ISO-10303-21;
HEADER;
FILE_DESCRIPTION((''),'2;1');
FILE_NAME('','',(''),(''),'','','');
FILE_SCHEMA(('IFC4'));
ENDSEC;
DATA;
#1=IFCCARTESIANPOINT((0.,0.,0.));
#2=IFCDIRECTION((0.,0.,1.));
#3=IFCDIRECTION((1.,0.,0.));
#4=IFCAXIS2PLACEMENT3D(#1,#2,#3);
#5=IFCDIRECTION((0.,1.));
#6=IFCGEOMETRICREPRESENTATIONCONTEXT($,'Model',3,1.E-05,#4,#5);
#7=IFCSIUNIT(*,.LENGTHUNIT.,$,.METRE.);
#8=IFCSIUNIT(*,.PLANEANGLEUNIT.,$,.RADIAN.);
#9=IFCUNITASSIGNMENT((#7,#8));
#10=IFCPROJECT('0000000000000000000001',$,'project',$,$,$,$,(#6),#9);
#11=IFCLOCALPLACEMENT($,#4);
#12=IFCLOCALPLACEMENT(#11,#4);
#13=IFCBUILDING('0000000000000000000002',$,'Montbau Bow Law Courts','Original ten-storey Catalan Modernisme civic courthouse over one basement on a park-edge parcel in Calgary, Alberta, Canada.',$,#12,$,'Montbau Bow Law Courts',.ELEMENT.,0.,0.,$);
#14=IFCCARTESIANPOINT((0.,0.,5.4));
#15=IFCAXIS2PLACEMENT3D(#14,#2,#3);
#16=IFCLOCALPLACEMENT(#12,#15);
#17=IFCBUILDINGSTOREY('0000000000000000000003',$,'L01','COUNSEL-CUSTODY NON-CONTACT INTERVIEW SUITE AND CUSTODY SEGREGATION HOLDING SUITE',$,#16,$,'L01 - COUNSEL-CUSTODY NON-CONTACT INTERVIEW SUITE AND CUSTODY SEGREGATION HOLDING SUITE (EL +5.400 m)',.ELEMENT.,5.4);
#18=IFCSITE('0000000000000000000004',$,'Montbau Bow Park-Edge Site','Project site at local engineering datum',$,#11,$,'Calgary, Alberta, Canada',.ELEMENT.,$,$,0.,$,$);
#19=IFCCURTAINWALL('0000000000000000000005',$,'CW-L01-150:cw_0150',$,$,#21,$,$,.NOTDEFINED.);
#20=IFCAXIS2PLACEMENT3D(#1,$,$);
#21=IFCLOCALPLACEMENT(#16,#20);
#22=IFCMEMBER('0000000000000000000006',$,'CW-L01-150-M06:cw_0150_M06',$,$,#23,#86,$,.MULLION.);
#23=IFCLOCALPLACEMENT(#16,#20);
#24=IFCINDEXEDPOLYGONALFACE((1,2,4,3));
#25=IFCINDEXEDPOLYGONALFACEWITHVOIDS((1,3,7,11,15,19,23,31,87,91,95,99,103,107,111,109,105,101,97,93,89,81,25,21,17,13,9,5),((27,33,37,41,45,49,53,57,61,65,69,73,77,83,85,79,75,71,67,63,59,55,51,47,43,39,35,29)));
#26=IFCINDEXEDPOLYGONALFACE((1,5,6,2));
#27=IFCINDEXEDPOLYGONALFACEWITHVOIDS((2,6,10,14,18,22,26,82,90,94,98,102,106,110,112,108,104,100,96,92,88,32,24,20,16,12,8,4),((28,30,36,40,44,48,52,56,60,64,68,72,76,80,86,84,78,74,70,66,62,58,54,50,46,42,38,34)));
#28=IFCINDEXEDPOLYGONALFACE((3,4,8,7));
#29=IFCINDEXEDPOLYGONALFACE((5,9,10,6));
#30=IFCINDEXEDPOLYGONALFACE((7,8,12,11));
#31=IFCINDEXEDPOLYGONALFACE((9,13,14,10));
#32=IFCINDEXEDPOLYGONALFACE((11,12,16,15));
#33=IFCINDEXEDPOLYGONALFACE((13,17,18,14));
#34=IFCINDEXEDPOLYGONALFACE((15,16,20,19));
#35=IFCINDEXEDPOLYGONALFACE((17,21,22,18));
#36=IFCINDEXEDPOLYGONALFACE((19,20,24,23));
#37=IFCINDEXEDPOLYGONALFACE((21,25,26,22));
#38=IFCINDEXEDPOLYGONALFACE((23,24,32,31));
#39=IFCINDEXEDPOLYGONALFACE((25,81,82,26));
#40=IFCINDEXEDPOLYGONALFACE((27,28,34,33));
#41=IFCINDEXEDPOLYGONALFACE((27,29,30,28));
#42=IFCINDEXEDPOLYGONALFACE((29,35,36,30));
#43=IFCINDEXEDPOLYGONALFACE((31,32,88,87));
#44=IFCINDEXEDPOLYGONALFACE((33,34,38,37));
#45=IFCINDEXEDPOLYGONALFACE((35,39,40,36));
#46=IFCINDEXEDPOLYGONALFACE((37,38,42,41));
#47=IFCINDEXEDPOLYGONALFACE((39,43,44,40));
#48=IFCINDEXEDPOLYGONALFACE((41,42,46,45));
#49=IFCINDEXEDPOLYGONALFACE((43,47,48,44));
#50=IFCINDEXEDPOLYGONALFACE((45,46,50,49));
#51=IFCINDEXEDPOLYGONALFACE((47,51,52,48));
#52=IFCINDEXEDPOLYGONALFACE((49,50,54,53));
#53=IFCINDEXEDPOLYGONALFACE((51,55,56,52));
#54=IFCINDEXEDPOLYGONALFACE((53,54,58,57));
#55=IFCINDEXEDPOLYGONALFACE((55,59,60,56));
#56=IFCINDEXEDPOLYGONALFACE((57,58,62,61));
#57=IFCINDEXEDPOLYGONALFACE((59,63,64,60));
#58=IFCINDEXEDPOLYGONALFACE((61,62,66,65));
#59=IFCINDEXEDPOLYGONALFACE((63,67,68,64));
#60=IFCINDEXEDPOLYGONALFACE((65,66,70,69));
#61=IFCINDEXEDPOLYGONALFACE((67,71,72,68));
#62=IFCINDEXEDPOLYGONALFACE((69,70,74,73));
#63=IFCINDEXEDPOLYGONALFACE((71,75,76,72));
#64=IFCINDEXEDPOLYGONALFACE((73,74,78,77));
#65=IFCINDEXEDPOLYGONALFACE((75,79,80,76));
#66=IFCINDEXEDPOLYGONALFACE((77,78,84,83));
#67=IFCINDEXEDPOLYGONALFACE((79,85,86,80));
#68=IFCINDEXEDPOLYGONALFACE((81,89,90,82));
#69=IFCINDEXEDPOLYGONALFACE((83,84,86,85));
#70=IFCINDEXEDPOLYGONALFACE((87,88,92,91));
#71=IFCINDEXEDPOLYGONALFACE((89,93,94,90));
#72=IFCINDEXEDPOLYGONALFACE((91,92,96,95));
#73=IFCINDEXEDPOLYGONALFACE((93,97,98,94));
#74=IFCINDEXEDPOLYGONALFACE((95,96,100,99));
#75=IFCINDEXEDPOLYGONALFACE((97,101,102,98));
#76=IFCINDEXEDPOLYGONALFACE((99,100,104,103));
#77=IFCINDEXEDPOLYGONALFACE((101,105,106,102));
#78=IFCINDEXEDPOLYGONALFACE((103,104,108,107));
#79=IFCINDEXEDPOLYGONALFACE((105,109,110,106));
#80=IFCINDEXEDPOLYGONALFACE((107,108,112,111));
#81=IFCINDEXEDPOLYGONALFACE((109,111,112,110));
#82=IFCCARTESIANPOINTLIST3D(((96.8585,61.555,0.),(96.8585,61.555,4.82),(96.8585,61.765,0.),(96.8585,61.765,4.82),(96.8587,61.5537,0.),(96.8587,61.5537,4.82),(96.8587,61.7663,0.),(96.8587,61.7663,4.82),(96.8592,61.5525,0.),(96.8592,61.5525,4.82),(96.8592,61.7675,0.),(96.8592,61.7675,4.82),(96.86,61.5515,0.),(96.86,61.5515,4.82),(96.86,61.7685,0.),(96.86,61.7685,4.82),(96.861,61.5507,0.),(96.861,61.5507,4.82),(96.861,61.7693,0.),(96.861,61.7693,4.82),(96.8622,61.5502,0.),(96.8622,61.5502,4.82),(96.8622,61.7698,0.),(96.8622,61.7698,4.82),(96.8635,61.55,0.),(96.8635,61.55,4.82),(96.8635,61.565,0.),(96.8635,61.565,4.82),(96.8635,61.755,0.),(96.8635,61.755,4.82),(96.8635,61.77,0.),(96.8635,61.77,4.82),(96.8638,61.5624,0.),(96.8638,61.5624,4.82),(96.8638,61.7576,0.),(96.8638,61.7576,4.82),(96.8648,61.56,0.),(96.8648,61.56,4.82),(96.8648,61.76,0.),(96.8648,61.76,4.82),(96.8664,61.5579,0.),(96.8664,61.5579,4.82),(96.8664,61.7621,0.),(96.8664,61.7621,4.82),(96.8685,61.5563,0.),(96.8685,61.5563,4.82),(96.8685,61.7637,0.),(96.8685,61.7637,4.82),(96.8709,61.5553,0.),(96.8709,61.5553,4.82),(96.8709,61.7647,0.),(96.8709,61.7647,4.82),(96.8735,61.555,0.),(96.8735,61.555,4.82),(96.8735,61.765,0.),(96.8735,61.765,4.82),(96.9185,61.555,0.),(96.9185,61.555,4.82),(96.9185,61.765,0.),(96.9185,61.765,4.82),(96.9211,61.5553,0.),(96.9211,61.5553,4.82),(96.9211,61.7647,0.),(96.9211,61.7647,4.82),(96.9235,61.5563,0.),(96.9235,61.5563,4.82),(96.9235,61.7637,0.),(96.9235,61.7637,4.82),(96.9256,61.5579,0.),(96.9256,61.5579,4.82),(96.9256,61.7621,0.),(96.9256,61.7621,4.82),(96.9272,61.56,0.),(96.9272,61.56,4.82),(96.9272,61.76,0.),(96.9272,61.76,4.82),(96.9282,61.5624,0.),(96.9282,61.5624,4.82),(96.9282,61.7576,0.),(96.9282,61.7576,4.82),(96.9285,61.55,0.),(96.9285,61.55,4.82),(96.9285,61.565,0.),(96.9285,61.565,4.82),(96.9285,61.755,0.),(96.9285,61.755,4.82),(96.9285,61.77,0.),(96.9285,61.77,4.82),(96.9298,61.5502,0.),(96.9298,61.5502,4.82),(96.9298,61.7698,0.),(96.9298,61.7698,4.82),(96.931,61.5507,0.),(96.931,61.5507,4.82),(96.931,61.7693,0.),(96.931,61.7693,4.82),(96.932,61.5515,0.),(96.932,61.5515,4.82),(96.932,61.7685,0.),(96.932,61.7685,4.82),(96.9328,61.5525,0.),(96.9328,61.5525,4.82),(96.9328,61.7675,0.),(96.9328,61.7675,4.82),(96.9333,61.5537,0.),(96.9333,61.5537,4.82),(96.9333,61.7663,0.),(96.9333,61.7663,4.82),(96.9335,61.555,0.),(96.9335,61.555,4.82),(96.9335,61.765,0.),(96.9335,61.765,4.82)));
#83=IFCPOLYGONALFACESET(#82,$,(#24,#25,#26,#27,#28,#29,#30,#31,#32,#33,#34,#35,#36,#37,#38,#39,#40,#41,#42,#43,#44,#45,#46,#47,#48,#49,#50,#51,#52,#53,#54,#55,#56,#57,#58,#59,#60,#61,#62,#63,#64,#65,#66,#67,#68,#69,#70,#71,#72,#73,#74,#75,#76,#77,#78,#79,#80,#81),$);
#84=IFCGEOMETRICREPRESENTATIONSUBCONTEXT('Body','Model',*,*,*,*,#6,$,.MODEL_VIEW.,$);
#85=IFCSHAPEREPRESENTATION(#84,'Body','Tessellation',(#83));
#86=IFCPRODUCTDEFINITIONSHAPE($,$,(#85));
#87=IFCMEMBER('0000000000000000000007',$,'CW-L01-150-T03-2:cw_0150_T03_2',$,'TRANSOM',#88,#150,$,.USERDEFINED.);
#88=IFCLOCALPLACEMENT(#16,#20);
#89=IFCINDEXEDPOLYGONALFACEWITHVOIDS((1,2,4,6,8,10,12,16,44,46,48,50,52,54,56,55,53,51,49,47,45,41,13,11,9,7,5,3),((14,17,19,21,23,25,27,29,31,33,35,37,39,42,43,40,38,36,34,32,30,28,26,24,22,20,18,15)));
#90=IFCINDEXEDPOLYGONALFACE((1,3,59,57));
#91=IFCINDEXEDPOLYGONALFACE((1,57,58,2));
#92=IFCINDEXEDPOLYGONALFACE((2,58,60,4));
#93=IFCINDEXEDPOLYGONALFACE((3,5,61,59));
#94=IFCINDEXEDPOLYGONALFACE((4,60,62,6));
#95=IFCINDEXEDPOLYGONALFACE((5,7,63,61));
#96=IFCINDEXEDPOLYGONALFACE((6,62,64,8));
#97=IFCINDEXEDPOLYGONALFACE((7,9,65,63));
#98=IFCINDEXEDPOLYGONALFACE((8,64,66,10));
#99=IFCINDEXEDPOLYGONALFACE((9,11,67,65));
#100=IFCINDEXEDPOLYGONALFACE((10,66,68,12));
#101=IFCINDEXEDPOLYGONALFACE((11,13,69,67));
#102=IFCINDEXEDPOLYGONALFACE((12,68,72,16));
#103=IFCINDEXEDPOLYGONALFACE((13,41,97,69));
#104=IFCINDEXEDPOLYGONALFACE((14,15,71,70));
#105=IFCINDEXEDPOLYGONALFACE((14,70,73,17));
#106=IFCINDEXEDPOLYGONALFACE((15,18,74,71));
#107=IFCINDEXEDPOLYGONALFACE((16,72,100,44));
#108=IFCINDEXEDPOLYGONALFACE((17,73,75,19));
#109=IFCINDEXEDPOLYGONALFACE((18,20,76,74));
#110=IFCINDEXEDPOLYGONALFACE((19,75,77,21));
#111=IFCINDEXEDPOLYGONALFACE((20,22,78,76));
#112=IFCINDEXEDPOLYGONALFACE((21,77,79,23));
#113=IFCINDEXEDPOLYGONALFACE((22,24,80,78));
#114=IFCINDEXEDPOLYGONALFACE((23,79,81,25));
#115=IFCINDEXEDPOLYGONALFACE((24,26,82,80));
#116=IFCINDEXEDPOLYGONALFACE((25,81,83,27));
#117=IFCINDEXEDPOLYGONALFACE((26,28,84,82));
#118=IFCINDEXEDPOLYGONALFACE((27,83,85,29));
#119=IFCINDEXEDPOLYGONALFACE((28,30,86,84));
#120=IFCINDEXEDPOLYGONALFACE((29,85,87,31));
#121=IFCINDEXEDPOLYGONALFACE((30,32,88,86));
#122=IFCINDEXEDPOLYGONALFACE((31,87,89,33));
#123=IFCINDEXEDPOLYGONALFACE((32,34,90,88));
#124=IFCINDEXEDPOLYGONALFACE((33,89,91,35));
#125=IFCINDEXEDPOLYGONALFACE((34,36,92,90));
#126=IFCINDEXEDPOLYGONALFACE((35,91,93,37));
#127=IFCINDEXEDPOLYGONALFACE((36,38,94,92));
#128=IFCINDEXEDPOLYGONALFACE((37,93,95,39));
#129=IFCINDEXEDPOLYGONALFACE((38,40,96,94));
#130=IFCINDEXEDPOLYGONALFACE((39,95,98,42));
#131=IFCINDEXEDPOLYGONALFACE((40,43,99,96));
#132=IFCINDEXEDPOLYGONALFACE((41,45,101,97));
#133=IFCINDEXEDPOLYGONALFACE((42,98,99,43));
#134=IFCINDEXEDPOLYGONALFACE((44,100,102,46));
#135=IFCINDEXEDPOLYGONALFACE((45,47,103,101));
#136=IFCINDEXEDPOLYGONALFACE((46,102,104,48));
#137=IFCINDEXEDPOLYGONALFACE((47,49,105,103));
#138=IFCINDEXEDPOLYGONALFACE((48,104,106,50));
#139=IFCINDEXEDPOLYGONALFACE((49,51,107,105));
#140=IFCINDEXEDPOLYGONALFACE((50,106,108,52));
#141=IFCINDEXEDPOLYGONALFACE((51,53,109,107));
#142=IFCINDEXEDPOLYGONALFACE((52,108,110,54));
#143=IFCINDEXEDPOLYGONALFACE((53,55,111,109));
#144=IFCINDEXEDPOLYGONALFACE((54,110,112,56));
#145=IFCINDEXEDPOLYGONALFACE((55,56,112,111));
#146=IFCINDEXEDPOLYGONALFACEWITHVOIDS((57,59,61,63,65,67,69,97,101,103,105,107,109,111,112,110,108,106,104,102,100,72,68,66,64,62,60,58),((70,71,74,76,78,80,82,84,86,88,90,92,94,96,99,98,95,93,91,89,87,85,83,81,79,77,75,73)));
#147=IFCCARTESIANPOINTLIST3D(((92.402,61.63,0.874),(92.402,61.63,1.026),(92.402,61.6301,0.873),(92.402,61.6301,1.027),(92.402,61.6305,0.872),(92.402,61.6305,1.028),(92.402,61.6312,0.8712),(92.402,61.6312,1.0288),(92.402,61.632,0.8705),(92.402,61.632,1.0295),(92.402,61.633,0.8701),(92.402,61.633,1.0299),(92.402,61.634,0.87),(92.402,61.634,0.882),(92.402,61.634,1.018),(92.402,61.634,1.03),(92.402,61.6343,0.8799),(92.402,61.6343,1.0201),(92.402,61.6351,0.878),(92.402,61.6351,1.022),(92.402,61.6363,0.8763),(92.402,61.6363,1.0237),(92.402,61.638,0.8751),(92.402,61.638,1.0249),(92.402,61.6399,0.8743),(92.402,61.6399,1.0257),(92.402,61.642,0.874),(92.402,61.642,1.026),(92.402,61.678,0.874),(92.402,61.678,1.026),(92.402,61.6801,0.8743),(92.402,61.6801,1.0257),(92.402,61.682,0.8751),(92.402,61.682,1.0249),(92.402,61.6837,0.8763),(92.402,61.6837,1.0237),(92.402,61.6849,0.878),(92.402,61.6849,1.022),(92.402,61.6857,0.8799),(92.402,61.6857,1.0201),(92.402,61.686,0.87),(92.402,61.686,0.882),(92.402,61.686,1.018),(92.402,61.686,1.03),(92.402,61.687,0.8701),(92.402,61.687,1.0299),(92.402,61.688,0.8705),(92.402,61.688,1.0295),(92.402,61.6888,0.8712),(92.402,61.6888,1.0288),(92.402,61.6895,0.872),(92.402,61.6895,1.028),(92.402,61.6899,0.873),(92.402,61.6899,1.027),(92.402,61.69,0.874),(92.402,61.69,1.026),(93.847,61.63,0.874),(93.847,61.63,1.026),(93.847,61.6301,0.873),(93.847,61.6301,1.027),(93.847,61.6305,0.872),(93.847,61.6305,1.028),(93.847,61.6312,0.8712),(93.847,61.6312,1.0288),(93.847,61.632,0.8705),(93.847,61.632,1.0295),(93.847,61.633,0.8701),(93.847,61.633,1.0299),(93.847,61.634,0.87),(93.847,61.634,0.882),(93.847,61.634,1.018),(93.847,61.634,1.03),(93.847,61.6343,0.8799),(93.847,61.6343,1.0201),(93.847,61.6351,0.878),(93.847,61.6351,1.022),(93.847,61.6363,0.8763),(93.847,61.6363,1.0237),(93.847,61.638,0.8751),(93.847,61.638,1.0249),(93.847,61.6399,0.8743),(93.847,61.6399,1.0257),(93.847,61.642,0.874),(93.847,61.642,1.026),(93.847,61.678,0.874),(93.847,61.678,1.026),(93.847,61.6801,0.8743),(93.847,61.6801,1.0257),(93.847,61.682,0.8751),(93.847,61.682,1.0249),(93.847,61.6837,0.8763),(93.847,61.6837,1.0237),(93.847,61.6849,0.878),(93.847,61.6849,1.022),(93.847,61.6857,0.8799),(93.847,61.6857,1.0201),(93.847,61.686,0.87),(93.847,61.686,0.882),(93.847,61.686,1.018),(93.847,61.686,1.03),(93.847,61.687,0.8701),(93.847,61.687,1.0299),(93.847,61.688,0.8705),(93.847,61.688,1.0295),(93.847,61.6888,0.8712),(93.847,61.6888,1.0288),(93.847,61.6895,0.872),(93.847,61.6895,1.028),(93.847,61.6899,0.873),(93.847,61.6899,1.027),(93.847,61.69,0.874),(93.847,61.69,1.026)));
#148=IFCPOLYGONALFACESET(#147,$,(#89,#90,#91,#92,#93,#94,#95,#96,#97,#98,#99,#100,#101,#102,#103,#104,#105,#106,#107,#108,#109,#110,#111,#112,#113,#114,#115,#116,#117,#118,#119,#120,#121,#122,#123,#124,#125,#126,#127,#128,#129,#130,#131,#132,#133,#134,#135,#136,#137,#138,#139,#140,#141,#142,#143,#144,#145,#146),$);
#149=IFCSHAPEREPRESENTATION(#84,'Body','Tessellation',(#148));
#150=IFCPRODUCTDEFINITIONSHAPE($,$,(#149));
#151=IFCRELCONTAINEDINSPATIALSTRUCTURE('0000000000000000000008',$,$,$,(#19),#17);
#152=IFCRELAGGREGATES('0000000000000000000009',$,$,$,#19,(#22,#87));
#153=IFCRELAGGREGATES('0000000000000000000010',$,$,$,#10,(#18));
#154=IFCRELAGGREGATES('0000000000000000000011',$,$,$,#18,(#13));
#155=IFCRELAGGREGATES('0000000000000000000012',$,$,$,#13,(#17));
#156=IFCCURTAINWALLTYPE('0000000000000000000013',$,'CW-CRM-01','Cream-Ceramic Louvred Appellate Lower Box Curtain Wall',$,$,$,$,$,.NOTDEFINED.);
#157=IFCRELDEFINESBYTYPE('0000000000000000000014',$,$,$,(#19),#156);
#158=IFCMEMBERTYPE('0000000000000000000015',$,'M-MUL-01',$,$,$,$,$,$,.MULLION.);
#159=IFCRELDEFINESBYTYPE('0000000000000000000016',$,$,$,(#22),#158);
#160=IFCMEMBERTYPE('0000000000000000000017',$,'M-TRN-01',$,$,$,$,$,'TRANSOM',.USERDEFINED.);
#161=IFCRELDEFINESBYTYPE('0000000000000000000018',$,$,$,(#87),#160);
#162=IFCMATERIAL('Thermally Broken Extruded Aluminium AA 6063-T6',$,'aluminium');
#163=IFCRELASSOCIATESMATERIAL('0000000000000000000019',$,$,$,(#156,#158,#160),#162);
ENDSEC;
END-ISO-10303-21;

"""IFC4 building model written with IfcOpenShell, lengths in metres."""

from ifc_helpers import new_model, si_unit, direction, frame, origin_with_axes, origin_2d_with_axis, place, context, subcontext, project, spatial, hollow_rectangle, extrude, material, material_profile, profile_set, type_object, element, aggregate, save


model = new_model("IFC4")

# Units and contexts
model_context = context("Model", 3, precision=1e-05, world=origin_with_axes(), true_north=direction((0.0, 1.0)))
body_context = subcontext(model_context, "Body", "Model", "MODEL_VIEW")
ifc_project = project(units=[si_unit("LENGTHUNIT", "METRE"), si_unit("PLANEANGLEUNIT", "RADIAN")], contexts=[model_context])

# Site, building, storey
site_placement = place(None, origin_with_axes())
site = spatial("IfcSite", under=ifc_project, at=site_placement, Name="Montbau Bow Park-Edge Site", Description="Project site at local engineering datum", LongName="Calgary, Alberta, Canada", CompositionType="ELEMENT", RefElevation=0.0)
building_placement = place(site_placement, origin_with_axes())
building = spatial("IfcBuilding", under=site, at=building_placement, Name="Montbau Bow Law Courts", Description="Original ten-storey Catalan Modernisme civic courthouse over one basement on a park-edge parcel in Calgary, Alberta, Canada.", LongName="Montbau Bow Law Courts", CompositionType="ELEMENT", ElevationOfRefHeight=0.0, ElevationOfTerrain=0.0)
storey_placement = place(building_placement, frame((0.0, 0.0, 5.4), z_axis=(0.0, 0.0, 1.0), x_axis=(1.0, 0.0, 0.0)))
storey = spatial("IfcBuildingStorey", under=building, at=storey_placement, Name="L01", Description="COUNSEL-CUSTODY NON-CONTACT INTERVIEW SUITE AND CUSTODY SEGREGATION HOLDING SUITE", LongName="L01 - COUNSEL-CUSTODY NON-CONTACT INTERVIEW SUITE AND CUSTODY SEGREGATION HOLDING SUITE (EL +5.400 m)", CompositionType="ELEMENT", Elevation=5.4)

# Curtain wall, members
ifc_material_1 = material(Name="Thermally Broken Extruded Aluminium AA 6063-T6", Category="aluminium")
curtain_wall_type = type_object("IfcCurtainWallType", Name="CW-CRM-01", Description="Cream-Ceramic Louvred Appellate Lower Box Curtain Wall", PredefinedType="NOTDEFINED", material=ifc_material_1)
curtain_wall_placement = place(None, frame((89.315, 61.66, 5.4), z_axis=(0.0, 0.0, 1.0), x_axis=(1.0, 0.0, 0.0)))
curtain_wall = element("IfcCurtainWall", 1, at=curtain_wall_placement, inside=storey, type_object=curtain_wall_type, Name="CW-L01-150:cw_0150", PredefinedType="NOTDEFINED")
ifc_material_profile_1 = material_profile(ifc_material_1, hollow_rectangle(XDim=0.075, YDim=0.22, WallThickness=0.005, InnerFilletRadius=0.01, OuterFilletRadius=0.005, at=origin_2d_with_axis()), Name="CWM-220X75", Category="Main", Priority=0)
ifc_profile_set_1 = profile_set([ifc_material_profile_1], Name="Thermally Broken Extruded Aluminium AA 6063-T6")
member_type_1 = type_object("IfcMemberType", Name="M-MUL-01", PredefinedType="MULLION", material=ifc_profile_set_1)
member_1_placement = place(None, frame((96.896, 61.66, 5.4), z_axis=(0.0, 0.0, 1.0), x_axis=(1.0, 0.0, 0.0)))
member_1 = element("IfcMember", 2, at=member_1_placement, type_object=member_type_1, Name="CW-L01-150-M06:cw_0150_M06", PredefinedType="MULLION", context=body_context, shape_type="SweptSolid", body=[
    extrude(hollow_rectangle(XDim=0.075, YDim=0.22, WallThickness=0.005, InnerFilletRadius=0.01, OuterFilletRadius=0.005, at=origin_2d_with_axis()), origin_with_axes(), (0.0, 0.0, 1.0), 4.82),
])
ifc_material_profile_2 = material_profile(ifc_material_1, hollow_rectangle(XDim=0.06, YDim=0.16, WallThickness=0.004, InnerFilletRadius=0.008, OuterFilletRadius=0.004, at=origin_2d_with_axis()), Name="CWT-160X60", Category="Main", Priority=0)
ifc_profile_set_2 = profile_set([ifc_material_profile_2], Name="Thermally Broken Extruded Aluminium AA 6063-T6")
member_type_2 = type_object("IfcMemberType", Name="M-TRN-01", ElementType="TRANSOM", PredefinedType="USERDEFINED", material=ifc_profile_set_2)
member_2_placement = place(None, frame((92.402, 61.66, 6.35), z_axis=(1.0, 0.0, 0.0), x_axis=(0.0, 1.0, 0.0)))
member_2 = element("IfcMember", 3, at=member_2_placement, type_object=member_type_2, Name="CW-L01-150-T03-2:cw_0150_T03_2", ObjectType="TRANSOM", PredefinedType="USERDEFINED", context=body_context, shape_type="SweptSolid", body=[
    extrude(hollow_rectangle(XDim=0.06, YDim=0.16, WallThickness=0.004, InnerFilletRadius=0.008, OuterFilletRadius=0.004, at=origin_2d_with_axis()), origin_with_axes(), (0.0, 0.0, 1.0), 1.445),
])
aggregate(curtain_wall, [member_1, member_2])

save(model, "model.ifc")
